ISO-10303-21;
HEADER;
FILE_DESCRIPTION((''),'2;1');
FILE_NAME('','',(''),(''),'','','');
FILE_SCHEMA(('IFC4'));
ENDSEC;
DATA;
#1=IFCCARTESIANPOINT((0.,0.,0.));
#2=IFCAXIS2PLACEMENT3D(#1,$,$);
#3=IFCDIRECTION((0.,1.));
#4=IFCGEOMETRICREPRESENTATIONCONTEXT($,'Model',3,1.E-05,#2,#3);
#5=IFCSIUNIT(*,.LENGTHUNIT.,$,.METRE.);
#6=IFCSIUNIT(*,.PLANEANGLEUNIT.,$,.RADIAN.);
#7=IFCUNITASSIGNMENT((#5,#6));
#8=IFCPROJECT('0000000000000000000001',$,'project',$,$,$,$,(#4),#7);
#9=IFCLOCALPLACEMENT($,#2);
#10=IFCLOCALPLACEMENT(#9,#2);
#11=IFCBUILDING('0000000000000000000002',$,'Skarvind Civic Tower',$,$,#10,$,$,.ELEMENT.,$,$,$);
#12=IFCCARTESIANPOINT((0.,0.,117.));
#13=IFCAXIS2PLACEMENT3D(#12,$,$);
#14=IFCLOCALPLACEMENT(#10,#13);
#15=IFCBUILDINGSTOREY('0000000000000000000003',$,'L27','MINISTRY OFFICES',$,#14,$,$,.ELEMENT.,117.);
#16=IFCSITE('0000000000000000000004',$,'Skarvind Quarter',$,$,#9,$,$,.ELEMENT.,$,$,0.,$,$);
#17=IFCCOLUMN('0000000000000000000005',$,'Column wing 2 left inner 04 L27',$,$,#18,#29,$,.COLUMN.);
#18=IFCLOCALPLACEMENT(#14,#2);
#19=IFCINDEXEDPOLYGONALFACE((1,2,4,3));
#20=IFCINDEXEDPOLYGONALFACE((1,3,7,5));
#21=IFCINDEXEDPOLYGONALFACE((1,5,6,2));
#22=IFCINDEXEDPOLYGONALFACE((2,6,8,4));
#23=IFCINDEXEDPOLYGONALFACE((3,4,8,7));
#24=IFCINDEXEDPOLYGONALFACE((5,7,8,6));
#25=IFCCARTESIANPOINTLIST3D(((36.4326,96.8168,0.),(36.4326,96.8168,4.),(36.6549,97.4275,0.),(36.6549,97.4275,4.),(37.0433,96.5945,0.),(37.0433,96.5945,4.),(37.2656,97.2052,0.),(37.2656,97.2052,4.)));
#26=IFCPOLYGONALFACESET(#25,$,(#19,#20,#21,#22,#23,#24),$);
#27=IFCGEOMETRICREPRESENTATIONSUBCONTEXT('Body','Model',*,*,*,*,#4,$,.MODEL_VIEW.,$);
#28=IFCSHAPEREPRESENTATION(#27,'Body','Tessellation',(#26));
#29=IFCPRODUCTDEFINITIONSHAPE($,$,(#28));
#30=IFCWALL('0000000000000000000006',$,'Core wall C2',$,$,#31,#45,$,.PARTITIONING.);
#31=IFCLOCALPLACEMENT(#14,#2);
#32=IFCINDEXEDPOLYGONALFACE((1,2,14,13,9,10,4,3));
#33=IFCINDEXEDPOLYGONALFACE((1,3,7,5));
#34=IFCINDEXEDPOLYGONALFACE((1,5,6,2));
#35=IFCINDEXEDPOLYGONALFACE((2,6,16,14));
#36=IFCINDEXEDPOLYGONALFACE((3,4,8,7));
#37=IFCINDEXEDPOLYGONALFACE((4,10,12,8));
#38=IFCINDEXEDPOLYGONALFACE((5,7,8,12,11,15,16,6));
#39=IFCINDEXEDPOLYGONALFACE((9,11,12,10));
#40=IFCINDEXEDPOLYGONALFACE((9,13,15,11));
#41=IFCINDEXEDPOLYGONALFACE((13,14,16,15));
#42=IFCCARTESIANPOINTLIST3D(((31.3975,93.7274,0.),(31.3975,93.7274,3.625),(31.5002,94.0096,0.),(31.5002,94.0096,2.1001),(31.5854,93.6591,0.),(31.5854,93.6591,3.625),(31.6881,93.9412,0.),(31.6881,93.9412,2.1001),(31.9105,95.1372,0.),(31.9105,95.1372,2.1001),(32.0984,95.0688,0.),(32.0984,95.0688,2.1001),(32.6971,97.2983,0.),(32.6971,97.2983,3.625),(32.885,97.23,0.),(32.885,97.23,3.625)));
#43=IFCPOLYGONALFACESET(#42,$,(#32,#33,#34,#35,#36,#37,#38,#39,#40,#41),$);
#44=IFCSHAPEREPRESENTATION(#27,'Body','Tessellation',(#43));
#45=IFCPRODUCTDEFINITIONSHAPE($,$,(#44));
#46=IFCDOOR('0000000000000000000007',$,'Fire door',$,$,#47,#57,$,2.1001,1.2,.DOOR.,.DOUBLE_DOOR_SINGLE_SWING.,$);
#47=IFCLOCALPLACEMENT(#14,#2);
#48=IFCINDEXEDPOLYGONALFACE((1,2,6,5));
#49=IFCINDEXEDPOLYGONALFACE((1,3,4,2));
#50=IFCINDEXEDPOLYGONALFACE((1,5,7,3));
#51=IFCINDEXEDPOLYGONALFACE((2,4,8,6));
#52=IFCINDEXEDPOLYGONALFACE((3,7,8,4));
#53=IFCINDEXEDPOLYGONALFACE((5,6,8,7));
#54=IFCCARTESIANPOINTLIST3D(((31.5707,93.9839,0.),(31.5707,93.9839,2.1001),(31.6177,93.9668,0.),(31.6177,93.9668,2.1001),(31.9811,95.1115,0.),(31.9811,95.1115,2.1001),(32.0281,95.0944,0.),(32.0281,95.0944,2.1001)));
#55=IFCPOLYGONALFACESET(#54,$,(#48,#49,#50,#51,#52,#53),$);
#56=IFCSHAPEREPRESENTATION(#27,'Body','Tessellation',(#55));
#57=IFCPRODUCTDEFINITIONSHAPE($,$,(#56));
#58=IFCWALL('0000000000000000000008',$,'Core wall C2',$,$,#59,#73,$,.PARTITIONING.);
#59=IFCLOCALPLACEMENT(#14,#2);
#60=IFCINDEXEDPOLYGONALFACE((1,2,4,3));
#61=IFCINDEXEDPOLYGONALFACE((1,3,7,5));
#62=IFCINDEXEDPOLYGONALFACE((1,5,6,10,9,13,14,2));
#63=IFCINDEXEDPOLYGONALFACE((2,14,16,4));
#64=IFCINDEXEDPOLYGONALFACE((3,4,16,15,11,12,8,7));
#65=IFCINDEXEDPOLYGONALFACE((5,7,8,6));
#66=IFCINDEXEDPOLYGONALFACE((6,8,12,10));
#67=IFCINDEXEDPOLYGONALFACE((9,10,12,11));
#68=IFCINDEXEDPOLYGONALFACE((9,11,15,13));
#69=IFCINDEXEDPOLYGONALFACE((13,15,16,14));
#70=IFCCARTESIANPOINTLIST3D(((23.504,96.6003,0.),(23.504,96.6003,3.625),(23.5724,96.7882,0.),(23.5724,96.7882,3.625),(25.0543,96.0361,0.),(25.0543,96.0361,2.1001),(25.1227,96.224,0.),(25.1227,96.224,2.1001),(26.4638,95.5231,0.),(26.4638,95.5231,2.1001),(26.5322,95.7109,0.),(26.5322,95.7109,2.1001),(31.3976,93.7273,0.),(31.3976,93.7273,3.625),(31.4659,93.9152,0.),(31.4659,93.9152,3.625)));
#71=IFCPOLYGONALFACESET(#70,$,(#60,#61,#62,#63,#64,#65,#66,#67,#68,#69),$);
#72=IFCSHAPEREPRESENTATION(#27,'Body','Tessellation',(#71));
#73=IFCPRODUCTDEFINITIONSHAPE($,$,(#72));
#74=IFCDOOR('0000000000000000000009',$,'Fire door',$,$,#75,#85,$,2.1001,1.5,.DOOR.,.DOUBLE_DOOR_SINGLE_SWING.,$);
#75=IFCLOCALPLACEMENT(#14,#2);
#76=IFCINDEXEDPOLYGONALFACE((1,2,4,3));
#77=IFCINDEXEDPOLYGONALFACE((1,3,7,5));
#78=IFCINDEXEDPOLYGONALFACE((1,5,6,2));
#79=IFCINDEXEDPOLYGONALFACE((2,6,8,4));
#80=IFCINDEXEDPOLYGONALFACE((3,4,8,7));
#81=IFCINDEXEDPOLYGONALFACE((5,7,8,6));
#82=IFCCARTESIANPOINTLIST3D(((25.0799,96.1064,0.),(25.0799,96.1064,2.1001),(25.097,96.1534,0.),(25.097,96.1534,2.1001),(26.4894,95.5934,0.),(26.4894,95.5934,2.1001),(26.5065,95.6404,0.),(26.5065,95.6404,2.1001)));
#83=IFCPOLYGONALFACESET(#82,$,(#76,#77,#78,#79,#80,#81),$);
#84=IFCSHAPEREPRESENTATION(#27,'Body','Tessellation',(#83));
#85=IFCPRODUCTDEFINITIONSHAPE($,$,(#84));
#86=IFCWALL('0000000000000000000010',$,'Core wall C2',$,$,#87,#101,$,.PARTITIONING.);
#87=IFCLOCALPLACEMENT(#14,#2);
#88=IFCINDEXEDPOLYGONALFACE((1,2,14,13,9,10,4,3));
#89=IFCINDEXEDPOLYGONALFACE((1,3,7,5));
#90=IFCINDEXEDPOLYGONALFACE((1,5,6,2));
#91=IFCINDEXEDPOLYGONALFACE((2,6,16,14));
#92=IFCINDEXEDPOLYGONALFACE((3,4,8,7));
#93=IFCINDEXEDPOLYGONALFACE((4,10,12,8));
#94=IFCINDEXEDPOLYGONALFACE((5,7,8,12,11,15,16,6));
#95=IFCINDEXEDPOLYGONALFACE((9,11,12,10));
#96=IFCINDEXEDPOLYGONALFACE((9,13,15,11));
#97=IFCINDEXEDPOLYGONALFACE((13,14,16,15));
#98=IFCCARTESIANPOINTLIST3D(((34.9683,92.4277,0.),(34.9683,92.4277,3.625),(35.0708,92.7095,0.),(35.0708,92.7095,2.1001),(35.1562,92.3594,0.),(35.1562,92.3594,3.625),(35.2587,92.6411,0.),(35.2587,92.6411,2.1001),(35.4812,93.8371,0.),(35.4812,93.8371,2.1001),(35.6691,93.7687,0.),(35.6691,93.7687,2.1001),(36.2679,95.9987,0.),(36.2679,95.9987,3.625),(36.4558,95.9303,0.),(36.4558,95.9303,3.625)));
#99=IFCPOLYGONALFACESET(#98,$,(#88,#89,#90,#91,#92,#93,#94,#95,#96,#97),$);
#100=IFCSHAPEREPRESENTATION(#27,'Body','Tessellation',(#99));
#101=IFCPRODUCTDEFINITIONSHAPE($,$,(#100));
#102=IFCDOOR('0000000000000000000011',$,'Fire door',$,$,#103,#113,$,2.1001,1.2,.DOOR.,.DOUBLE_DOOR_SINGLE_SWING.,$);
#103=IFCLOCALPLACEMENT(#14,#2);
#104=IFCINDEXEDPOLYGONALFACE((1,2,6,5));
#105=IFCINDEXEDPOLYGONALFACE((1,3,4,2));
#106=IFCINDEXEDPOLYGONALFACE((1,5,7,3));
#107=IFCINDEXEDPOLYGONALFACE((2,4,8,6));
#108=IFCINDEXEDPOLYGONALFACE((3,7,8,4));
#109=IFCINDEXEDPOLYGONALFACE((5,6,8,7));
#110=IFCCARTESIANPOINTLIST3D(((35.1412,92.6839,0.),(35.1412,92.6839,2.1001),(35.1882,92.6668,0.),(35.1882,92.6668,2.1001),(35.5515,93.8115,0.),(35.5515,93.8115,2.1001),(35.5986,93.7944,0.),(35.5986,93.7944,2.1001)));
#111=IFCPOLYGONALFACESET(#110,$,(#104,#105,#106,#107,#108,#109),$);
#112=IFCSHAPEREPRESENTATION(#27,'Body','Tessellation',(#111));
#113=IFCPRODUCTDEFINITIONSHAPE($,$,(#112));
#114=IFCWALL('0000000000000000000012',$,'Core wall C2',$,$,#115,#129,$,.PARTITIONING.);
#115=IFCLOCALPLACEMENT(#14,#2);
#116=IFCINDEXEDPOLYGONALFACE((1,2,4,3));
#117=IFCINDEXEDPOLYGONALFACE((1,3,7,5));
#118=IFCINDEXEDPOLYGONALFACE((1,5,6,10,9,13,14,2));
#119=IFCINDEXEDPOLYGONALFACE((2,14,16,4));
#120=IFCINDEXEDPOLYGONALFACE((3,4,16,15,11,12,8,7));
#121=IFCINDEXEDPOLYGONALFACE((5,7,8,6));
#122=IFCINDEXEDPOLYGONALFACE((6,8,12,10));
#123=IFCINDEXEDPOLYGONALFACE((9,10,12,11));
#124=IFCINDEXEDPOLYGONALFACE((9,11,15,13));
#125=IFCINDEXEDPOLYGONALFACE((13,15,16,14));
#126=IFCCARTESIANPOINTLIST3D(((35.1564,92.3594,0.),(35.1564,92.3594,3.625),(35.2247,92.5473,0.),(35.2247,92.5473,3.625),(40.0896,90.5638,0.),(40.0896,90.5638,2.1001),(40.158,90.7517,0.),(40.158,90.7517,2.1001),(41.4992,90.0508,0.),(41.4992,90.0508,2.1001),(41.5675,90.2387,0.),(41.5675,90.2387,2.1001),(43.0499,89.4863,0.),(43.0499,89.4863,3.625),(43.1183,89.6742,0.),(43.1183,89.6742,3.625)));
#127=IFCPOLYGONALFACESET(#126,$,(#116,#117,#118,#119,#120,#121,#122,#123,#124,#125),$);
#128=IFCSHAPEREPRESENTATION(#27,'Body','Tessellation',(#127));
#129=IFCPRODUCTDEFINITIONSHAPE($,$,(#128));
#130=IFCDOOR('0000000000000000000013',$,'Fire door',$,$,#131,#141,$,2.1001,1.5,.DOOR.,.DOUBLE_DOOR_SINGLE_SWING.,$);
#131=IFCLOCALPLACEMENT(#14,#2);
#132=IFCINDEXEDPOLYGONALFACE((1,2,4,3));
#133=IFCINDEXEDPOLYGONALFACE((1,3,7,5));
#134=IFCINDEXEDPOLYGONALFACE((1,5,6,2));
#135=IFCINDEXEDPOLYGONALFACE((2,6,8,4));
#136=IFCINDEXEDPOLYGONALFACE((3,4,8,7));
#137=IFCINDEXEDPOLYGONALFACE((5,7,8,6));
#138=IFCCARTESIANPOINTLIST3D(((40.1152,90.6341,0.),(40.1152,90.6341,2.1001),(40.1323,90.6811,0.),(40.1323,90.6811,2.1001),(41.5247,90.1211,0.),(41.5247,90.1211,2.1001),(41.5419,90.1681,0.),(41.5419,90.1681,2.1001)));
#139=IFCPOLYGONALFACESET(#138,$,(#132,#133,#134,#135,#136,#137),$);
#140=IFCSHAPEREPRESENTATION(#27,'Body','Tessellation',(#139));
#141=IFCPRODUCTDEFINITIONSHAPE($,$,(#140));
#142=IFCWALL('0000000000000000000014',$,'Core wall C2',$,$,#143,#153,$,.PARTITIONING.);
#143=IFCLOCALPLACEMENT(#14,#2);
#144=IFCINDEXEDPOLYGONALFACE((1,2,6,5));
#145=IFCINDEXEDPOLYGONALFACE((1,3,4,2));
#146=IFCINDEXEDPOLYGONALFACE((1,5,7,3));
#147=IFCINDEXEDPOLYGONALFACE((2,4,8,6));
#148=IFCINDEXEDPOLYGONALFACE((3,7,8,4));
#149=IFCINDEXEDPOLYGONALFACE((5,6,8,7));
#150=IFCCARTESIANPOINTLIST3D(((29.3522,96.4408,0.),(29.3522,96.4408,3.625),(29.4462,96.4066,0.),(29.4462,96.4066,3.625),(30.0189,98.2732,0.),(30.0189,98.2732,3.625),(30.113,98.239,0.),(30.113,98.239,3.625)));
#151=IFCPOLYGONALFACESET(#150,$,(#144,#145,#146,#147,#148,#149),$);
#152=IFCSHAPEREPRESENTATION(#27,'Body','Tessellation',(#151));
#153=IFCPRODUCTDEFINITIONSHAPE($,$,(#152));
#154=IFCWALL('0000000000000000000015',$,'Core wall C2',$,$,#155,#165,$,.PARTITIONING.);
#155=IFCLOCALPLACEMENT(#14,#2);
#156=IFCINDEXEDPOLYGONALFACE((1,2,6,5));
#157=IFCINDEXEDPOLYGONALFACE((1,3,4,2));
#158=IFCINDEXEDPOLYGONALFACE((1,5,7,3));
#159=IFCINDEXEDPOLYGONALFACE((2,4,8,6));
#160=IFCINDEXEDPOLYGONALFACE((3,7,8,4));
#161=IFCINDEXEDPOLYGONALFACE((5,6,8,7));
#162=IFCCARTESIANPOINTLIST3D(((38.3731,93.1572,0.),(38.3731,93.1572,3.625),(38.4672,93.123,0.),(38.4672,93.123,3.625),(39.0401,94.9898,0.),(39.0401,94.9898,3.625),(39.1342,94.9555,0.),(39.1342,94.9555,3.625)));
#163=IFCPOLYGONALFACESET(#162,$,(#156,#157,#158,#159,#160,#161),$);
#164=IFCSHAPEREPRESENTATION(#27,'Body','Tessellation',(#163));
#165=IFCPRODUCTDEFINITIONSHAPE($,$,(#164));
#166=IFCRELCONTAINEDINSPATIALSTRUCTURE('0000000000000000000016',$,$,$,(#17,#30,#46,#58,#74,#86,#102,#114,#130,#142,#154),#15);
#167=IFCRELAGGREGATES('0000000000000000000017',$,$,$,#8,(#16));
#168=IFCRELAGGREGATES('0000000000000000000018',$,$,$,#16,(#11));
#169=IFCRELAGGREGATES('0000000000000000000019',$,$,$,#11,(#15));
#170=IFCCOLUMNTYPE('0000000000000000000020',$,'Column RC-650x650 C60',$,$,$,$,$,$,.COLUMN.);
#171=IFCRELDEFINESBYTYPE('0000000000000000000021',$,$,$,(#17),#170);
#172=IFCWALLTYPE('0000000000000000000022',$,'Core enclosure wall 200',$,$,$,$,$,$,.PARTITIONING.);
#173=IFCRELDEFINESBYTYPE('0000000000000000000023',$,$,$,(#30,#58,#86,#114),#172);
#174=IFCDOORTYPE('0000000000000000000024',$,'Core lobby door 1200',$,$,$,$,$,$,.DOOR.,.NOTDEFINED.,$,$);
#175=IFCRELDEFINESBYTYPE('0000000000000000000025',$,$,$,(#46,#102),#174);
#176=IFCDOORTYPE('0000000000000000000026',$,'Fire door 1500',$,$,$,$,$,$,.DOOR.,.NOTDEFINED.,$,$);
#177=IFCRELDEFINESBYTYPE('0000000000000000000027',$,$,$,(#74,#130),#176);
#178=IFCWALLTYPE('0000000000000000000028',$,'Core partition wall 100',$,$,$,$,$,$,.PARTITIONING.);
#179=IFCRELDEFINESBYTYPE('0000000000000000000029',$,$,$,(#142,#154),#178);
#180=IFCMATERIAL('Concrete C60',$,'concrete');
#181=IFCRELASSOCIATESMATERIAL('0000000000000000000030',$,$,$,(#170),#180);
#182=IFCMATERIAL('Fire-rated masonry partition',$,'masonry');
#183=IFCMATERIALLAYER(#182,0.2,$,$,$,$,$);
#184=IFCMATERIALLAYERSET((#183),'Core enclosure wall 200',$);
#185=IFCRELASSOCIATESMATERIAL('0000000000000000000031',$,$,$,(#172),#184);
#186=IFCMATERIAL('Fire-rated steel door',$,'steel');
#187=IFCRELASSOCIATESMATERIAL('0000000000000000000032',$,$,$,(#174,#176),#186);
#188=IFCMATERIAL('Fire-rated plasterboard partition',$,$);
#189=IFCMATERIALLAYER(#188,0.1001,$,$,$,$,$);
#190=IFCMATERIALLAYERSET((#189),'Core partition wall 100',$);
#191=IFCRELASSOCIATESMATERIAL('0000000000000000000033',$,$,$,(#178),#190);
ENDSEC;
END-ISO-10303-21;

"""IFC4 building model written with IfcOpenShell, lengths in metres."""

from ifc_helpers import new_model, si_unit, direction, frame, frame_2d, origin, origin_2d, place, context, subcontext, project, spatial, rectangle, extrude, material, layer, layer_set, material_profile, profile_set, type_object, element, fill, save


model = new_model("IFC4")

# Units and contexts
model_context = context("Model", 3, precision=1e-05, world=origin(), true_north=direction((0.0, 1.0)))
body_context = subcontext(model_context, "Body", "Model", "MODEL_VIEW")
ifc_project = project(units=[si_unit("LENGTHUNIT", "METRE"), si_unit("PLANEANGLEUNIT", "RADIAN")], contexts=[model_context])

# Site, building, storey
site_placement = place(None, origin())
site = spatial("IfcSite", under=ifc_project, at=site_placement, Name="Skarvind Quarter", CompositionType="ELEMENT", RefElevation=0.0)
building_placement = place(site_placement, origin())
building = spatial("IfcBuilding", under=site, at=building_placement, Name="Skarvind Civic Tower", CompositionType="ELEMENT")
storey_placement = place(building_placement, frame((0.0, 0.0, 117.0)))
storey = spatial("IfcBuildingStorey", under=building, at=storey_placement, Name="L27", Description="MINISTRY OFFICES", CompositionType="ELEMENT", Elevation=117.0)

# Column
ifc_material_1 = material(Name="Concrete C60", Category="concrete")
ifc_material_profile = material_profile(ifc_material_1, rectangle(XDim=0.6499, YDim=0.6499, at=origin_2d()), Name="RC-650x650")
ifc_profile_set = profile_set([ifc_material_profile], Name="Concrete C60")
column_type = type_object("IfcColumnType", Name="Column RC-650x650 C60", PredefinedType="COLUMN", material=ifc_profile_set)
column_placement = place(storey_placement, frame((36.8491, 97.011, 0.0), z_axis=(0.0, 0.0, 1.0), x_axis=(-0.34202, -0.939693, 0.0)))
element("IfcColumn", 1, at=column_placement, inside=storey, type_object=column_type, Name="Column wing 2 left inner 04 L27", PredefinedType="COLUMN", context=body_context, shape_type="SweptSolid", body=[
    extrude(rectangle(XDim=0.6499, YDim=0.6499, at=origin_2d()), origin(), (0.0, 0.0, 1.0), 4.0),
])

# Walls, openings, doors
ifc_material_2 = material(Name="Fire-rated masonry partition", Category="masonry")
ifc_layer_1 = layer(ifc_material_2, 0.2)
ifc_layer_set_1 = layer_set([ifc_layer_1], Name="Core enclosure wall 200")
wall_type_1 = type_object("IfcWallType", Name="Core enclosure wall 200", PredefinedType="PARTITIONING", material=ifc_layer_set_1)
wall_1_placement = place(storey_placement, frame((31.4915, 93.6934, 0.0), z_axis=(0.0, 0.0, 1.0), x_axis=(0.341996, 0.939701, 0.0)))
wall_1 = element("IfcWall", 2, at=wall_1_placement, inside=storey, type_object=wall_type_1, Name="Core wall C2", PredefinedType="PARTITIONING", context=body_context, shape_type="SweptSolid", body=[
    extrude(rectangle(XDim=3.8, YDim=0.2, at=frame_2d((1.8999, 0.0))), origin(), (0.0, 0.0, 1.0), 3.625),
])
opening_1_placement = place(wall_1_placement, frame((0.3, 0.0, 0.0)))
opening_1 = element("IfcOpeningElement", 3, at=opening_1_placement, cuts=wall_1, PredefinedType="OPENING", context=body_context, shape_type="SweptSolid", body=[
    extrude(rectangle(XDim=1.2, YDim=2.1001, at=frame_2d((0.6001, 1.05))), frame((0.0, 0.1099, 0.0), z_axis=(0.0, -1.0, 0.0), x_axis=(1.0, 0.0, 0.0)), (0.0, 0.0, 1.0), 0.22),
])
ifc_material_3 = material(Name="Fire-rated steel door", Category="steel")
door_type_1 = type_object("IfcDoorType", Name="Core lobby door 1200", OperationType="NOTDEFINED", PredefinedType="DOOR", material=ifc_material_3)
door_1_placement = place(opening_1_placement, origin())
door_1 = element("IfcDoor", 4, at=door_1_placement, inside=storey, type_object=door_type_1, Name="Fire door", OperationType="DOUBLE_DOOR_SINGLE_SWING", OverallHeight=2.1001, OverallWidth=1.2, PredefinedType="DOOR", context=body_context, shape_type="SweptSolid", body=[
    extrude(rectangle(XDim=1.2, YDim=2.1001, at=frame_2d((0.6001, 1.05))), frame((0.0, 0.0249, 0.0), z_axis=(0.0, -1.0, 0.0), x_axis=(1.0, 0.0, 0.0)), (0.0, 0.0, 1.0), 0.05),
])
fill(opening_1, door_1)
wall_2_placement = place(storey_placement, frame((23.5381, 96.6943, 0.0), z_axis=(0.0, 0.0, 1.0), x_axis=(0.939692, -0.342023, 0.0)))
wall_2 = element("IfcWall", 5, at=wall_2_placement, inside=storey, type_object=wall_type_1, Name="Core wall C2", PredefinedType="PARTITIONING", context=body_context, shape_type="SweptSolid", body=[
    extrude(rectangle(XDim=8.4001, YDim=0.2, at=frame_2d((4.2002, 0.0))), origin(), (0.0, 0.0, 1.0), 3.625),
])
opening_2_placement = place(wall_2_placement, frame((1.6499, 0.0, 0.0)))
opening_2 = element("IfcOpeningElement", 6, at=opening_2_placement, cuts=wall_2, PredefinedType="OPENING", context=body_context, shape_type="SweptSolid", body=[
    extrude(rectangle(XDim=1.5, YDim=2.1001, at=frame_2d((0.75, 1.05))), frame((0.0, 0.1099, 0.0), z_axis=(0.0, -1.0, 0.0), x_axis=(1.0, 0.0, 0.0)), (0.0, 0.0, 1.0), 0.22),
])
door_type_2 = type_object("IfcDoorType", Name="Fire door 1500", OperationType="NOTDEFINED", PredefinedType="DOOR", material=ifc_material_3)
door_2_placement = place(opening_2_placement, origin())
door_2 = element("IfcDoor", 7, at=door_2_placement, inside=storey, type_object=door_type_2, Name="Fire door", OperationType="DOUBLE_DOOR_SINGLE_SWING", OverallHeight=2.1001, OverallWidth=1.5, PredefinedType="DOOR", context=body_context, shape_type="SweptSolid", body=[
    extrude(rectangle(XDim=1.5, YDim=2.1001, at=frame_2d((0.75, 1.05))), frame((0.0, 0.0249, 0.0), z_axis=(0.0, -1.0, 0.0), x_axis=(1.0, 0.0, 0.0)), (0.0, 0.0, 1.0), 0.05),
])
fill(opening_2, door_2)
wall_3_placement = place(storey_placement, frame((36.3618, 95.9644, 0.0), z_axis=(0.0, 0.0, 1.0), x_axis=(-0.341996, -0.939701, 0.0)))
wall_3 = element("IfcWall", 8, at=wall_3_placement, inside=storey, type_object=wall_type_1, Name="Core wall C2", PredefinedType="PARTITIONING", context=body_context, shape_type="SweptSolid", body=[
    extrude(rectangle(XDim=3.8, YDim=0.2, at=frame_2d((1.8999, 0.0))), origin(), (0.0, 0.0, 1.0), 3.625),
])
opening_3_placement = place(wall_3_placement, frame((2.3, 0.0, 0.0)))
opening_3 = element("IfcOpeningElement", 9, at=opening_3_placement, cuts=wall_3, PredefinedType="OPENING", context=body_context, shape_type="SweptSolid", body=[
    extrude(rectangle(XDim=1.2, YDim=2.1001, at=frame_2d((0.6001, 1.05))), frame((0.0, 0.1099, 0.0), z_axis=(0.0, -1.0, 0.0), x_axis=(1.0, 0.0, 0.0)), (0.0, 0.0, 1.0), 0.22),
])
door_3_placement = place(opening_3_placement, origin())
door_3 = element("IfcDoor", 10, at=door_3_placement, inside=storey, type_object=door_type_1, Name="Fire door", OperationType="DOUBLE_DOOR_SINGLE_SWING", OverallHeight=2.1001, OverallWidth=1.2, PredefinedType="DOOR", context=body_context, shape_type="SweptSolid", body=[
    extrude(rectangle(XDim=1.2, YDim=2.1001, at=frame_2d((0.6001, 1.05))), frame((0.0, 0.0249, 0.0), z_axis=(0.0, -1.0, 0.0), x_axis=(1.0, 0.0, 0.0)), (0.0, 0.0, 1.0), 0.05),
])
fill(opening_3, door_3)
wall_4_placement = place(storey_placement, frame((35.1904, 92.4534, 0.0), z_axis=(0.0, 0.0, 1.0), x_axis=(0.939692, -0.342023, 0.0)))
wall_4 = element("IfcWall", 11, at=wall_4_placement, inside=storey, type_object=wall_type_1, Name="Core wall C2", PredefinedType="PARTITIONING", context=body_context, shape_type="SweptSolid", body=[
    extrude(rectangle(XDim=8.4001, YDim=0.2, at=frame_2d((4.2002, 0.0))), origin(), (0.0, 0.0, 1.0), 3.625),
])
opening_4_placement = place(wall_4_placement, frame((5.25, 0.0, 0.0)))
opening_4 = element("IfcOpeningElement", 12, at=opening_4_placement, cuts=wall_4, PredefinedType="OPENING", context=body_context, shape_type="SweptSolid", body=[
    extrude(rectangle(XDim=1.5, YDim=2.1001, at=frame_2d((0.75, 1.05))), frame((0.0, 0.1099, 0.0), z_axis=(0.0, -1.0, 0.0), x_axis=(1.0, 0.0, 0.0)), (0.0, 0.0, 1.0), 0.22),
])
door_4_placement = place(opening_4_placement, origin())
door_4 = element("IfcDoor", 13, at=door_4_placement, inside=storey, type_object=door_type_2, Name="Fire door", OperationType="DOUBLE_DOOR_SINGLE_SWING", OverallHeight=2.1001, OverallWidth=1.5, PredefinedType="DOOR", context=body_context, shape_type="SweptSolid", body=[
    extrude(rectangle(XDim=1.5, YDim=2.1001, at=frame_2d((0.75, 1.05))), frame((0.0, 0.0249, 0.0), z_axis=(0.0, -1.0, 0.0), x_axis=(1.0, 0.0, 0.0)), (0.0, 0.0, 1.0), 0.05),
])
fill(opening_4, door_4)

# Walls
ifc_material_4 = material(Name="Fire-rated plasterboard partition")
ifc_layer_2 = layer(ifc_material_4, 0.1001)
ifc_layer_set_2 = layer_set([ifc_layer_2], Name="Core partition wall 100")
wall_type_2 = type_object("IfcWallType", Name="Core partition wall 100", PredefinedType="PARTITIONING", material=ifc_layer_set_2)
wall_5_placement = place(storey_placement, frame((29.3992, 96.4236, 0.0), z_axis=(0.0, 0.0, 1.0), x_axis=(0.341914, 0.939731, 0.0)))
element("IfcWall", 14, at=wall_5_placement, inside=storey, type_object=wall_type_2, Name="Core wall C2", PredefinedType="PARTITIONING", context=body_context, shape_type="SweptSolid", body=[
    extrude(rectangle(XDim=1.95, YDim=0.1001, at=frame_2d((0.9751, 0.0))), origin(), (0.0, 0.0, 1.0), 3.625),
])
wall_6_placement = place(storey_placement, frame((39.0872, 94.9727, 0.0), z_axis=(0.0, 0.0, 1.0), x_axis=(-0.342025, -0.939691, 0.0)))
element("IfcWall", 15, at=wall_6_placement, inside=storey, type_object=wall_type_2, Name="Core wall C2", PredefinedType="PARTITIONING", context=body_context, shape_type="SweptSolid", body=[
    extrude(rectangle(XDim=1.9502, YDim=0.1001, at=frame_2d((0.9751, 0.0))), origin(), (0.0, 0.0, 1.0), 3.625),
])

save(model, "model.ifc")
